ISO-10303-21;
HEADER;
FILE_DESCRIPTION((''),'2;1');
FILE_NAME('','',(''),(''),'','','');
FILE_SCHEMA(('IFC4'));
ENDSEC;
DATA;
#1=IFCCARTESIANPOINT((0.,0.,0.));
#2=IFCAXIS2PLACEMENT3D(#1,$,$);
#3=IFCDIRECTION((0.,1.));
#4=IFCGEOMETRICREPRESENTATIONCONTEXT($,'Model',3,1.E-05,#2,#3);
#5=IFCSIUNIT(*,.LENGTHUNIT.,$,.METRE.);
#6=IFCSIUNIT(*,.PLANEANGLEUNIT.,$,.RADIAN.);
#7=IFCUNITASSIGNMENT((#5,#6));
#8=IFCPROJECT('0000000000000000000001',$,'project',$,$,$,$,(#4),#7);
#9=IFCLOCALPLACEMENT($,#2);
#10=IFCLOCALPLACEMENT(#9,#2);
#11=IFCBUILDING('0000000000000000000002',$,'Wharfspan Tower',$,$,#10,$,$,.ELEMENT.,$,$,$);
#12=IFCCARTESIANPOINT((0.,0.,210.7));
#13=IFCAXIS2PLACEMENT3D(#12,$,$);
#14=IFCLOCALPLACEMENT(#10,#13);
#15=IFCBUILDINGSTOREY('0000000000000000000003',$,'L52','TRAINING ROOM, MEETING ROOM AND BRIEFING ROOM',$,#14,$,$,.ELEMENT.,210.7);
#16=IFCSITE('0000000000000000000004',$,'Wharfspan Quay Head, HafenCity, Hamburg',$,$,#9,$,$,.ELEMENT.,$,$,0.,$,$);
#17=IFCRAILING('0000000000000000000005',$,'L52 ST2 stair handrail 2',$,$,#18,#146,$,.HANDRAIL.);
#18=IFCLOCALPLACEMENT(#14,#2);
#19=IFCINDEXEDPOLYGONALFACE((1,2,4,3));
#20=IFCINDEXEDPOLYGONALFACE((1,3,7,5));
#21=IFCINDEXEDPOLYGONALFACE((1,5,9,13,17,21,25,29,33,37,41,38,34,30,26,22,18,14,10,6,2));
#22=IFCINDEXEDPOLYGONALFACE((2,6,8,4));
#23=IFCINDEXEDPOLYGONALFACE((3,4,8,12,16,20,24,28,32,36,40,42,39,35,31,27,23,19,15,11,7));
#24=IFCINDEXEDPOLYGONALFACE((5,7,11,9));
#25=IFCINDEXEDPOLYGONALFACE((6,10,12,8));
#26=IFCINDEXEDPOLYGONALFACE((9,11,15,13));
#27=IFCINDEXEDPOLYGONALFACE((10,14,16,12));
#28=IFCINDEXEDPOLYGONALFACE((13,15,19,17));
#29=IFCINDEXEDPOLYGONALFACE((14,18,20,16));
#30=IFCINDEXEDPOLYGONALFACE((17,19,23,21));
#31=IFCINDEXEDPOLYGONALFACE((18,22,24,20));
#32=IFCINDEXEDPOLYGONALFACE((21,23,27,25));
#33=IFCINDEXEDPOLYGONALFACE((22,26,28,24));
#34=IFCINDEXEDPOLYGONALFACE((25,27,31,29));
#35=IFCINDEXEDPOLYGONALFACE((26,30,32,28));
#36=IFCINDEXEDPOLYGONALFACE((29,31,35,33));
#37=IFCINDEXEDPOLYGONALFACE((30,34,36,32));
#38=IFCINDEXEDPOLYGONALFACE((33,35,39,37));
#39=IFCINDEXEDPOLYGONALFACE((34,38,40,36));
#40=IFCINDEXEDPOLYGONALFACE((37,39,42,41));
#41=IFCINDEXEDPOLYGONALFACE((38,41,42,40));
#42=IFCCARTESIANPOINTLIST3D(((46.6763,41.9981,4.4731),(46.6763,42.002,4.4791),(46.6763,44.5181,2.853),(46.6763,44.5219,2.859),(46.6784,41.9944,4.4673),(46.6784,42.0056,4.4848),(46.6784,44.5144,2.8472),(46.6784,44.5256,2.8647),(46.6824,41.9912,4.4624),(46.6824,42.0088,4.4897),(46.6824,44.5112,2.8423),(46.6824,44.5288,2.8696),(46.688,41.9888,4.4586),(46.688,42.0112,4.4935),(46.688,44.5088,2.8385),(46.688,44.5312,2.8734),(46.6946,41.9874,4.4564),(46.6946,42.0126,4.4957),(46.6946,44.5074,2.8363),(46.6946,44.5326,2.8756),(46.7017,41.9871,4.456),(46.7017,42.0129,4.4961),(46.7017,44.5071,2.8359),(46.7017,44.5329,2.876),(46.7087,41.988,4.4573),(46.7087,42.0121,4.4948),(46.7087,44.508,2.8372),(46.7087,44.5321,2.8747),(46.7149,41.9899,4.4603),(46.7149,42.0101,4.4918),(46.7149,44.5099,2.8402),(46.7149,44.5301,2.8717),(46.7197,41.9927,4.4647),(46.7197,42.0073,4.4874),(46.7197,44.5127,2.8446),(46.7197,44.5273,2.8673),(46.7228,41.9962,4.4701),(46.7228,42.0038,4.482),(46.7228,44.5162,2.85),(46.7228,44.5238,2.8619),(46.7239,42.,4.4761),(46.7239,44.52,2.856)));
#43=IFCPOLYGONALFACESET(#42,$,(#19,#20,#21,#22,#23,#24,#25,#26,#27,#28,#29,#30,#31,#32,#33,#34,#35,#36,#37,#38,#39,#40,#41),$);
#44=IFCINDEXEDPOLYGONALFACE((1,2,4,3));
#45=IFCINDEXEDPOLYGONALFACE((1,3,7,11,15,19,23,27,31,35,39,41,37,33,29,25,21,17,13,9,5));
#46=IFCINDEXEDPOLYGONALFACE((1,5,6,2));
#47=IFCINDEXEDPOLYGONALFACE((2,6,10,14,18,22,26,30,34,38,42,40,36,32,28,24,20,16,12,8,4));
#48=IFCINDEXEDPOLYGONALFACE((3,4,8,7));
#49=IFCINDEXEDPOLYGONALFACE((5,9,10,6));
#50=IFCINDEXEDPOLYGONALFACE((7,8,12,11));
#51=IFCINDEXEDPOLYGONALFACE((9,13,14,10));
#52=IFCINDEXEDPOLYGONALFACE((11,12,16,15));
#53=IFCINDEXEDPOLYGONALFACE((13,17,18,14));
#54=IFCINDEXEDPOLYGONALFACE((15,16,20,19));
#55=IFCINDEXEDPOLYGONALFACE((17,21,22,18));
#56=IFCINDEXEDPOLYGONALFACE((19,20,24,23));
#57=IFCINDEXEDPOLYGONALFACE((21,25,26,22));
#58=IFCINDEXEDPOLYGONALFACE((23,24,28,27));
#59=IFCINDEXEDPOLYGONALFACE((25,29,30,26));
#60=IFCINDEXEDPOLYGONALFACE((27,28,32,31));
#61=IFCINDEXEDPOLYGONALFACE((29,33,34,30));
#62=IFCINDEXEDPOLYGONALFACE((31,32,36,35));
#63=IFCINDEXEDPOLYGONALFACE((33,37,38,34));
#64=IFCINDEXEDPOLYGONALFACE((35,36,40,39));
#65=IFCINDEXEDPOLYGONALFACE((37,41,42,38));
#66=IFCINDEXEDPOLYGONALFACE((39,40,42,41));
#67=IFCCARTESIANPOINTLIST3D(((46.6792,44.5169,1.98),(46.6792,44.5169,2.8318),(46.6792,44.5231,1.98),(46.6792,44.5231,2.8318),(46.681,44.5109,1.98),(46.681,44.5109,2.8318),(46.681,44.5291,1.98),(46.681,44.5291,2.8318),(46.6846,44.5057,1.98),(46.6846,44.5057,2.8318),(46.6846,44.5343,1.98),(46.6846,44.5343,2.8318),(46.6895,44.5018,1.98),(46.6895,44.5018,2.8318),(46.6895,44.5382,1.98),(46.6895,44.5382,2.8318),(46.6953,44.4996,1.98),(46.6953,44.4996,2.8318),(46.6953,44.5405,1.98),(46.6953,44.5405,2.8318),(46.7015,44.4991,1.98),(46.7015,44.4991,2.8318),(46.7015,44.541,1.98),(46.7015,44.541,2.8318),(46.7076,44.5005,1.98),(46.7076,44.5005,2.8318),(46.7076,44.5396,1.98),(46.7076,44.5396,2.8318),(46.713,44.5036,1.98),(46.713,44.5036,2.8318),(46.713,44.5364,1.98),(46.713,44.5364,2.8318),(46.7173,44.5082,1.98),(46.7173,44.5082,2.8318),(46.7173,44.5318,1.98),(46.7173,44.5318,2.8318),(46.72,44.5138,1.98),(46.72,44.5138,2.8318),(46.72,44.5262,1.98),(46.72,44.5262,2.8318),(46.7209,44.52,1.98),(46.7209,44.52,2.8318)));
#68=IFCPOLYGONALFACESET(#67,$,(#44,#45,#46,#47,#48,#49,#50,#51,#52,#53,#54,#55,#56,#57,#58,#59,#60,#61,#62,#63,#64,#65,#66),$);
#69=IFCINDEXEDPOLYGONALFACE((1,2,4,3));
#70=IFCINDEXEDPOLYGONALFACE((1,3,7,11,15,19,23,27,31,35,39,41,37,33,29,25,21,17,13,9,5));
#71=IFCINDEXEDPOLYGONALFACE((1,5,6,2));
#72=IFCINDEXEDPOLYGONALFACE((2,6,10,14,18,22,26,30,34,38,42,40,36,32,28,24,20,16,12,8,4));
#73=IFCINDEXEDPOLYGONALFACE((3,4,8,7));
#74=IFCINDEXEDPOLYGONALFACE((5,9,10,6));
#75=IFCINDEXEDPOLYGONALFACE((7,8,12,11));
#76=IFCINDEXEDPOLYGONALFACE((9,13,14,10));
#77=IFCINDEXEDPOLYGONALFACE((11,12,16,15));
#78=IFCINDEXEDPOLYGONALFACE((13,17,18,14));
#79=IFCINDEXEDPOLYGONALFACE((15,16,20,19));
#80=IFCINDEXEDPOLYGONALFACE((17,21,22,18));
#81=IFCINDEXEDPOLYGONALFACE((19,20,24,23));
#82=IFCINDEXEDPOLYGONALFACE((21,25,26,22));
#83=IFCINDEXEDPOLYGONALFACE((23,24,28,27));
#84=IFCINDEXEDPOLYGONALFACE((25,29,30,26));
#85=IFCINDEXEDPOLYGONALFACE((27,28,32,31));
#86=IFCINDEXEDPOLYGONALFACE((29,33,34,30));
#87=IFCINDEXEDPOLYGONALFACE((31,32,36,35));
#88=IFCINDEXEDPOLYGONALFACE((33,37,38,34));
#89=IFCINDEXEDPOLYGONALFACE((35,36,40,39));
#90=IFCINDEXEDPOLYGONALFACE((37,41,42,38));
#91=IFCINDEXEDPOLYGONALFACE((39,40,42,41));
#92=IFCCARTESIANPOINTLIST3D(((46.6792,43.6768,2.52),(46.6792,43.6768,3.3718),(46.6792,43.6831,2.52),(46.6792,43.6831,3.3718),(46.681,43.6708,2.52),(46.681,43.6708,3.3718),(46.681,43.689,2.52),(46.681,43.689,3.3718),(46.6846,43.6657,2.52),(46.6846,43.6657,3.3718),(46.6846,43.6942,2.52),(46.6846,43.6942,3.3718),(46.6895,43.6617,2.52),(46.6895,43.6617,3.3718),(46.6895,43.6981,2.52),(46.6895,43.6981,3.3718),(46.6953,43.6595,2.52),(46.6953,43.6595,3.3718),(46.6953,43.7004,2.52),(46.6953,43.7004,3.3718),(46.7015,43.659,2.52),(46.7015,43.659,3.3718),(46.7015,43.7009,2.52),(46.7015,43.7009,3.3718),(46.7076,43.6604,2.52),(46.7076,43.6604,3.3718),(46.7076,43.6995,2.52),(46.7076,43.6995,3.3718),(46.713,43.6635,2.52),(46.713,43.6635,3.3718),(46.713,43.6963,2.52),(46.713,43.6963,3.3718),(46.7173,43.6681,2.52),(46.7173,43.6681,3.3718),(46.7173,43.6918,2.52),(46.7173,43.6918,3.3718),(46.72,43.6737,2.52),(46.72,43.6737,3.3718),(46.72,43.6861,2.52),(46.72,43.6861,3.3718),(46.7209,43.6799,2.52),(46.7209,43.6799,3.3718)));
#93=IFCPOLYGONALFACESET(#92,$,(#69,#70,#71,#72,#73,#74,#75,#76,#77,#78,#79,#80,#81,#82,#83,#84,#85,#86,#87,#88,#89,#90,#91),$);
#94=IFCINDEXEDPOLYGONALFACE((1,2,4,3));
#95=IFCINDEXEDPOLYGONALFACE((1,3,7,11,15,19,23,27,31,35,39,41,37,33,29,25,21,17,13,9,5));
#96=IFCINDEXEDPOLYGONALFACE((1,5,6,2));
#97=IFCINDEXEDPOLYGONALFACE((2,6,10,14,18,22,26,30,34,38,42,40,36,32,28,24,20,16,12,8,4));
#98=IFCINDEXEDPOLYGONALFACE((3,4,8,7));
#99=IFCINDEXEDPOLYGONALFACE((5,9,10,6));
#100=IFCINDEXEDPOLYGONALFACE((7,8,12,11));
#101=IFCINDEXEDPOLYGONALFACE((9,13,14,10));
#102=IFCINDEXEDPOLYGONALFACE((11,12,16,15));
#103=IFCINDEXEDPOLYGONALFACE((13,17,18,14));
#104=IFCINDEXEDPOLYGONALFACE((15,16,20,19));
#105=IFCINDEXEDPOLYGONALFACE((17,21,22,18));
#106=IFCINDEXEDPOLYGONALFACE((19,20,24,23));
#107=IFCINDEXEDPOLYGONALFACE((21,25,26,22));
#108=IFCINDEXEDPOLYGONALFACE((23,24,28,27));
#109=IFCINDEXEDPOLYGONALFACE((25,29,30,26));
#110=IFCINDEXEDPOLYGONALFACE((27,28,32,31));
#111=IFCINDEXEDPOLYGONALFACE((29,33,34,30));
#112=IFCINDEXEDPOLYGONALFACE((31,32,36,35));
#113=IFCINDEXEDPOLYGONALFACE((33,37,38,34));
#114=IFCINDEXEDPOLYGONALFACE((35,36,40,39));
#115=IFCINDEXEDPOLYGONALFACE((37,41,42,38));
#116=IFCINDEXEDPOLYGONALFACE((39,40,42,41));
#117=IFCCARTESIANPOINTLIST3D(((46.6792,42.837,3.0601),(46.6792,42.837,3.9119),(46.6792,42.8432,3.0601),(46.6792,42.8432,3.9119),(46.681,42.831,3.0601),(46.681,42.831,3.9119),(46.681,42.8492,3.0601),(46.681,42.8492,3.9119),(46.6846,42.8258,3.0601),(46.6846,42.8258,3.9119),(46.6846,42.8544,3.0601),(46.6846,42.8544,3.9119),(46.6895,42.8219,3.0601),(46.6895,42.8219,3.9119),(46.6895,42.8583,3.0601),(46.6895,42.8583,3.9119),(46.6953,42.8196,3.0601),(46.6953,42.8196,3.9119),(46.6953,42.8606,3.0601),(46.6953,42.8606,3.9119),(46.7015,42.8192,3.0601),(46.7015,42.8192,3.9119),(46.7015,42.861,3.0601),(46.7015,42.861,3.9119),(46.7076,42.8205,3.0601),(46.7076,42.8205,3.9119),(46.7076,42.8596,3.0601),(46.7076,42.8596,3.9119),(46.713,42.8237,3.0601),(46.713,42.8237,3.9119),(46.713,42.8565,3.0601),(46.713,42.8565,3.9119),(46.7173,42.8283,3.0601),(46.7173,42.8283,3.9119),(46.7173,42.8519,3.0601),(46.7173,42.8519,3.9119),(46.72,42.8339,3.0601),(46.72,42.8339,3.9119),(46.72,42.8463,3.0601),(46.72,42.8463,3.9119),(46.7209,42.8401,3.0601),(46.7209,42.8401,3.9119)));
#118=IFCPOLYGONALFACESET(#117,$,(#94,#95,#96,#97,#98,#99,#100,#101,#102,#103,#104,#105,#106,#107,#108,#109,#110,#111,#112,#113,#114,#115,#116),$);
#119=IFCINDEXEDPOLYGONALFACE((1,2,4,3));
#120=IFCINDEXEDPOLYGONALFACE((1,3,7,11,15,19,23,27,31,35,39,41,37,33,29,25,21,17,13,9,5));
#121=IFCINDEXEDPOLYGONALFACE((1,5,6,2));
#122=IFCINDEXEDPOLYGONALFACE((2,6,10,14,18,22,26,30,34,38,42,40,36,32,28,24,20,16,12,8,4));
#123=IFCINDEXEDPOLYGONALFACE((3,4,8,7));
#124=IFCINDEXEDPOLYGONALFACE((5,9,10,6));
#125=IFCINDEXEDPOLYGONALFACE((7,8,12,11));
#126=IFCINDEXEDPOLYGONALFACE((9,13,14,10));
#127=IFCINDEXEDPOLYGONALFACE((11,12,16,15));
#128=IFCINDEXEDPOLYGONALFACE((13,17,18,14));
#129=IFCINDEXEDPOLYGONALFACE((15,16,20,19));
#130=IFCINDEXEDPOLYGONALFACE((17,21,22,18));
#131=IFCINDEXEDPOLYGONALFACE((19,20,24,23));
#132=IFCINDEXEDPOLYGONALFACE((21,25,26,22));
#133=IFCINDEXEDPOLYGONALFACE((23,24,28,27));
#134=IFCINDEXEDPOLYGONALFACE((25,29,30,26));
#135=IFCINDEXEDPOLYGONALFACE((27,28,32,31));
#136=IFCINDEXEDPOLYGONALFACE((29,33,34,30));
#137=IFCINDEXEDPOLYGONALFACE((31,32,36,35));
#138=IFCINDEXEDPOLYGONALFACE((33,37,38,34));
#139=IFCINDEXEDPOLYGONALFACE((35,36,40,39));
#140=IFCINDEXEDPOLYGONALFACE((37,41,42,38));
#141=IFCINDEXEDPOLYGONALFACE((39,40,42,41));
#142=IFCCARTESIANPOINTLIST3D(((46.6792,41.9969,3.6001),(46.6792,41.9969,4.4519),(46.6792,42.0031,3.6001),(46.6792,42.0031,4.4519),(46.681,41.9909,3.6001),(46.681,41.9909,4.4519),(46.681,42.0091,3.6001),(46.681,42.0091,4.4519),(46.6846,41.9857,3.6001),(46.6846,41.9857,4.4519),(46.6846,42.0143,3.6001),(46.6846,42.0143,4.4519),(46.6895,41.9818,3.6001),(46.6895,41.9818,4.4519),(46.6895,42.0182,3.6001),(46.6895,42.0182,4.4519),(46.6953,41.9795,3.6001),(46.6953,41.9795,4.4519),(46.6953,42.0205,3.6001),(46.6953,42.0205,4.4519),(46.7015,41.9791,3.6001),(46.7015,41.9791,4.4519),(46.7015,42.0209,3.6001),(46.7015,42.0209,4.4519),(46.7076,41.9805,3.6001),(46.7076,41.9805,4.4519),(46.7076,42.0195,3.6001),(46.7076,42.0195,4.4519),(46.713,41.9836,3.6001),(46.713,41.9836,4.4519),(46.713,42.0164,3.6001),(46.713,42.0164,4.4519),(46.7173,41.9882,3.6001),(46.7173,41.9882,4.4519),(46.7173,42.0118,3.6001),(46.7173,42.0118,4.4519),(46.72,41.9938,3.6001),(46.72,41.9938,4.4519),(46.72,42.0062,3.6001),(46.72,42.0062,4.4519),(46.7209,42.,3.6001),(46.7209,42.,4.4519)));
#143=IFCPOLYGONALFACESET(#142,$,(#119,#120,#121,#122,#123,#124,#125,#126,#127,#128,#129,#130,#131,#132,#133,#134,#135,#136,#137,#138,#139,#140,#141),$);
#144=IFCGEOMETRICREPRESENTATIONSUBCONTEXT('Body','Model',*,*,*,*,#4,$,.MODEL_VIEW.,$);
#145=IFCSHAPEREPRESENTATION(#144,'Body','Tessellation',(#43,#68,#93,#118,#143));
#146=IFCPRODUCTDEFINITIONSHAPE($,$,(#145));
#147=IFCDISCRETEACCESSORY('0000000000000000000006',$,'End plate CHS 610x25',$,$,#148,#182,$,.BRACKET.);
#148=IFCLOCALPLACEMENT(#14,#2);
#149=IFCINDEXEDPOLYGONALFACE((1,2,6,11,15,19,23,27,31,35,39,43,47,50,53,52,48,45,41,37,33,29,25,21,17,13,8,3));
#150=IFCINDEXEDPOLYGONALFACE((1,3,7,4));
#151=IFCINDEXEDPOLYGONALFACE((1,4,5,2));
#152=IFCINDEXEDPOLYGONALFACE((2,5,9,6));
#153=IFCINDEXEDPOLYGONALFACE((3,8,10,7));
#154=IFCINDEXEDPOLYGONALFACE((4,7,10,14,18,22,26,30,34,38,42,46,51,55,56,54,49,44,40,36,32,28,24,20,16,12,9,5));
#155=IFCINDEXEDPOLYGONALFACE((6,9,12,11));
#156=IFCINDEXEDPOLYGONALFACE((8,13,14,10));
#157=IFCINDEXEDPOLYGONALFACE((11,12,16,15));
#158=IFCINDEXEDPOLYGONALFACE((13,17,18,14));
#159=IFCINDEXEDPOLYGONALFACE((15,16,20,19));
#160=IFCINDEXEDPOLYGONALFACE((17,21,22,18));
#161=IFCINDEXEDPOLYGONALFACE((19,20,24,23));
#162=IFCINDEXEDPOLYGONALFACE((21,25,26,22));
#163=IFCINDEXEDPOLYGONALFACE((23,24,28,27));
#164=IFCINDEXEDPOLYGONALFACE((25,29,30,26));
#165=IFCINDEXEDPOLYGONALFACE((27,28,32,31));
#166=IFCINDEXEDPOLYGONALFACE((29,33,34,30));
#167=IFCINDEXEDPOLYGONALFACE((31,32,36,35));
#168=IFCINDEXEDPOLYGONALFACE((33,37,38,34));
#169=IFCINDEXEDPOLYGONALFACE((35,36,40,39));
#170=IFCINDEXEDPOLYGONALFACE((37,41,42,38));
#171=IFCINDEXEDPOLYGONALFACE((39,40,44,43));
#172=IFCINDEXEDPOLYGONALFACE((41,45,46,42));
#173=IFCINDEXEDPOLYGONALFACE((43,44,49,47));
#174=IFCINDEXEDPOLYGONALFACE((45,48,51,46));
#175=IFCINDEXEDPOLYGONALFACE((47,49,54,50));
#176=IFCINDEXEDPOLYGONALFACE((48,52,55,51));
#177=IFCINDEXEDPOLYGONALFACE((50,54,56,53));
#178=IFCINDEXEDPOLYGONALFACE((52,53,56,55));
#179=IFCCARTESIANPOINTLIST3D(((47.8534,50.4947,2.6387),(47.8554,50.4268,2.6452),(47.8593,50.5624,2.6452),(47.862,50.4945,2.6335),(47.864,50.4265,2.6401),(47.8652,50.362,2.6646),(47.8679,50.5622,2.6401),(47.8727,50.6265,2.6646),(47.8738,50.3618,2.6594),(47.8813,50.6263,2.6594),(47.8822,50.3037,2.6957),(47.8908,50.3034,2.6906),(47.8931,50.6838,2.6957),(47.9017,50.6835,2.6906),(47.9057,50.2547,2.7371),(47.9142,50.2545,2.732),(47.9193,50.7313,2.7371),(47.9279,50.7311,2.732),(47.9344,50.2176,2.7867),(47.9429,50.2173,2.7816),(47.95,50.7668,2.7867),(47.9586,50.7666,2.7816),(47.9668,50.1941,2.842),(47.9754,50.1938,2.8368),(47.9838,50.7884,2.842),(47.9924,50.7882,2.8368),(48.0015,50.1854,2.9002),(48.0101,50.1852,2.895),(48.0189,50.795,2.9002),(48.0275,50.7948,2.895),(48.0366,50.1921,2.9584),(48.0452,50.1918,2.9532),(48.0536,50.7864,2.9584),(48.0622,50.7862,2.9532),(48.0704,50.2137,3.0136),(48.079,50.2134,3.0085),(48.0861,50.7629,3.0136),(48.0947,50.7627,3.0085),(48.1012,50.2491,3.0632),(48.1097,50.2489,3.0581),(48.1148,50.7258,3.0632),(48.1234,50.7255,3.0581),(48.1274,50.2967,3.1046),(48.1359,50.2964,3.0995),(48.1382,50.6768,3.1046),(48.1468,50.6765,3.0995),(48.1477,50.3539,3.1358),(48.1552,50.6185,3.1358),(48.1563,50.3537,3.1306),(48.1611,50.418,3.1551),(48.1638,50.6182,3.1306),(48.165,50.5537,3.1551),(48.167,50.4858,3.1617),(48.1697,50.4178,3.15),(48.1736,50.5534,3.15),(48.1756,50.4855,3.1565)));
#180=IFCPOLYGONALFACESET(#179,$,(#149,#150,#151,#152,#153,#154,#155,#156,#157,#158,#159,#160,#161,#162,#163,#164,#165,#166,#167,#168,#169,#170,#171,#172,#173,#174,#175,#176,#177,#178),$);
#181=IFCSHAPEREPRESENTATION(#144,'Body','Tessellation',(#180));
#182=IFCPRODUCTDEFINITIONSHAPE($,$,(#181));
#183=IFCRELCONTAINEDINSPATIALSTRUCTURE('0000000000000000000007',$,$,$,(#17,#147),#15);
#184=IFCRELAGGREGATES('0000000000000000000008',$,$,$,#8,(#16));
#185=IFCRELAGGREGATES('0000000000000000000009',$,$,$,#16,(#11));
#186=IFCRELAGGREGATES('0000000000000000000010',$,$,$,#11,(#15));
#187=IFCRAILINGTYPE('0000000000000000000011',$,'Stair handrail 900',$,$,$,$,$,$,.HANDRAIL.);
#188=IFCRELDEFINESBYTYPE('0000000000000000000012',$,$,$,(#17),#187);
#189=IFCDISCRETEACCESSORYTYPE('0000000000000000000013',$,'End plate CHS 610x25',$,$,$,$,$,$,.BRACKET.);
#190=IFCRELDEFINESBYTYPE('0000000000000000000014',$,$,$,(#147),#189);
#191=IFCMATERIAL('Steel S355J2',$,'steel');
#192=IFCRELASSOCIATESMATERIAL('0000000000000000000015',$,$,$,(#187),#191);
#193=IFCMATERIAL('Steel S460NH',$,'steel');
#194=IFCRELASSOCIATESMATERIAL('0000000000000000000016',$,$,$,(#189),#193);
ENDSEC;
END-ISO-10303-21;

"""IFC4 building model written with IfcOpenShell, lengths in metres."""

from ifc_helpers import new_model, si_unit, direction, frame, origin, origin_2d, place, context, subcontext, project, spatial, circle, extrude, material, material_profile, profile_set, type_object, element, save


model = new_model("IFC4")

# Units and contexts
model_context = context("Model", 3, precision=1e-05, world=origin(), true_north=direction((0.0, 1.0)))
body_context = subcontext(model_context, "Body", "Model", "MODEL_VIEW")
ifc_project = project(units=[si_unit("LENGTHUNIT", "METRE"), si_unit("PLANEANGLEUNIT", "RADIAN")], contexts=[model_context])

# Site, building, storey
site_placement = place(None, origin())
site = spatial("IfcSite", under=ifc_project, at=site_placement, Name="Wharfspan Quay Head, HafenCity, Hamburg", CompositionType="ELEMENT", RefElevation=0.0)
building_placement = place(site_placement, origin())
building = spatial("IfcBuilding", under=site, at=building_placement, Name="Wharfspan Tower", CompositionType="ELEMENT")
storey_placement = place(building_placement, frame((0.0, 0.0, 210.7)))
storey = spatial("IfcBuildingStorey", under=building, at=storey_placement, Name="L52", Description="TRAINING ROOM, MEETING ROOM AND BRIEFING ROOM", CompositionType="ELEMENT", Elevation=210.7)

# Shared definitions
ifc_material_1 = material(Name="Steel S355J2", Category="steel")

# Shared definitions
ifc_material_2 = material(Name="Steel S460NH", Category="steel")

# Railing
railing_type_1 = type_object("IfcRailingType", Name="Stair handrail 900", PredefinedType="HANDRAIL", material=ifc_material_1)
railing_1_placement = place(storey_placement, frame((46.7, 44.52, 1.98)))
element("IfcRailing", 1, at=railing_1_placement, inside=storey, type_object=railing_type_1, Name="L52 ST2 stair handrail 2", PredefinedType="HANDRAIL", context=body_context, shape_type="SweptSolid", body=[
    extrude(circle(Radius=0.0239, at=origin_2d()), frame((0.0, 0.0, 0.876), z_axis=(0.0, -0.841163, 0.540782), x_axis=(1.0, 0.0, 0.0)), (0.0, 0.0, 1.0), 2.9958),
    extrude(circle(Radius=0.021, at=origin_2d()), origin(), (0.0, 0.0, 1.0), 0.8518),
    extrude(circle(Radius=0.021, at=origin_2d()), frame((0.0, -0.8401, 0.54)), (0.0, 0.0, 1.0), 0.8518),
    extrude(circle(Radius=0.021, at=origin_2d()), frame((0.0, -1.6799, 1.0801)), (0.0, 0.0, 1.0), 0.8518),
    extrude(circle(Radius=0.021, at=origin_2d()), frame((0.0, -2.52, 1.6201)), (0.0, 0.0, 1.0), 0.8518),
])

# Discrete accessory
ifc_material_profile_1 = material_profile(ifc_material_2, circle(Radius=0.3049, at=origin_2d()))
ifc_profile_set_1 = profile_set([ifc_material_profile_1], Name="Steel S460NH")
discrete_accessory_type = type_object("IfcDiscreteAccessoryType", Name="End plate CHS 610x25", PredefinedType="BRACKET", material=ifc_profile_set_1)
discrete_accessory_placement = place(storey_placement, frame((48.0188, 50.49, 2.895), z_axis=(-0.857236, 0.024492, 0.514341), x_axis=(-0.028558, -0.999591, 0.000002)))
element("IfcDiscreteAccessory", 2, at=discrete_accessory_placement, inside=storey, type_object=discrete_accessory_type, Name="End plate CHS 610x25", PredefinedType="BRACKET", context=body_context, shape_type="SweptSolid", body=[
    extrude(circle(Radius=0.3049, at=origin_2d()), origin(), (0.0, 0.0, 1.0), 0.01),
])

save(model, "model.ifc")
